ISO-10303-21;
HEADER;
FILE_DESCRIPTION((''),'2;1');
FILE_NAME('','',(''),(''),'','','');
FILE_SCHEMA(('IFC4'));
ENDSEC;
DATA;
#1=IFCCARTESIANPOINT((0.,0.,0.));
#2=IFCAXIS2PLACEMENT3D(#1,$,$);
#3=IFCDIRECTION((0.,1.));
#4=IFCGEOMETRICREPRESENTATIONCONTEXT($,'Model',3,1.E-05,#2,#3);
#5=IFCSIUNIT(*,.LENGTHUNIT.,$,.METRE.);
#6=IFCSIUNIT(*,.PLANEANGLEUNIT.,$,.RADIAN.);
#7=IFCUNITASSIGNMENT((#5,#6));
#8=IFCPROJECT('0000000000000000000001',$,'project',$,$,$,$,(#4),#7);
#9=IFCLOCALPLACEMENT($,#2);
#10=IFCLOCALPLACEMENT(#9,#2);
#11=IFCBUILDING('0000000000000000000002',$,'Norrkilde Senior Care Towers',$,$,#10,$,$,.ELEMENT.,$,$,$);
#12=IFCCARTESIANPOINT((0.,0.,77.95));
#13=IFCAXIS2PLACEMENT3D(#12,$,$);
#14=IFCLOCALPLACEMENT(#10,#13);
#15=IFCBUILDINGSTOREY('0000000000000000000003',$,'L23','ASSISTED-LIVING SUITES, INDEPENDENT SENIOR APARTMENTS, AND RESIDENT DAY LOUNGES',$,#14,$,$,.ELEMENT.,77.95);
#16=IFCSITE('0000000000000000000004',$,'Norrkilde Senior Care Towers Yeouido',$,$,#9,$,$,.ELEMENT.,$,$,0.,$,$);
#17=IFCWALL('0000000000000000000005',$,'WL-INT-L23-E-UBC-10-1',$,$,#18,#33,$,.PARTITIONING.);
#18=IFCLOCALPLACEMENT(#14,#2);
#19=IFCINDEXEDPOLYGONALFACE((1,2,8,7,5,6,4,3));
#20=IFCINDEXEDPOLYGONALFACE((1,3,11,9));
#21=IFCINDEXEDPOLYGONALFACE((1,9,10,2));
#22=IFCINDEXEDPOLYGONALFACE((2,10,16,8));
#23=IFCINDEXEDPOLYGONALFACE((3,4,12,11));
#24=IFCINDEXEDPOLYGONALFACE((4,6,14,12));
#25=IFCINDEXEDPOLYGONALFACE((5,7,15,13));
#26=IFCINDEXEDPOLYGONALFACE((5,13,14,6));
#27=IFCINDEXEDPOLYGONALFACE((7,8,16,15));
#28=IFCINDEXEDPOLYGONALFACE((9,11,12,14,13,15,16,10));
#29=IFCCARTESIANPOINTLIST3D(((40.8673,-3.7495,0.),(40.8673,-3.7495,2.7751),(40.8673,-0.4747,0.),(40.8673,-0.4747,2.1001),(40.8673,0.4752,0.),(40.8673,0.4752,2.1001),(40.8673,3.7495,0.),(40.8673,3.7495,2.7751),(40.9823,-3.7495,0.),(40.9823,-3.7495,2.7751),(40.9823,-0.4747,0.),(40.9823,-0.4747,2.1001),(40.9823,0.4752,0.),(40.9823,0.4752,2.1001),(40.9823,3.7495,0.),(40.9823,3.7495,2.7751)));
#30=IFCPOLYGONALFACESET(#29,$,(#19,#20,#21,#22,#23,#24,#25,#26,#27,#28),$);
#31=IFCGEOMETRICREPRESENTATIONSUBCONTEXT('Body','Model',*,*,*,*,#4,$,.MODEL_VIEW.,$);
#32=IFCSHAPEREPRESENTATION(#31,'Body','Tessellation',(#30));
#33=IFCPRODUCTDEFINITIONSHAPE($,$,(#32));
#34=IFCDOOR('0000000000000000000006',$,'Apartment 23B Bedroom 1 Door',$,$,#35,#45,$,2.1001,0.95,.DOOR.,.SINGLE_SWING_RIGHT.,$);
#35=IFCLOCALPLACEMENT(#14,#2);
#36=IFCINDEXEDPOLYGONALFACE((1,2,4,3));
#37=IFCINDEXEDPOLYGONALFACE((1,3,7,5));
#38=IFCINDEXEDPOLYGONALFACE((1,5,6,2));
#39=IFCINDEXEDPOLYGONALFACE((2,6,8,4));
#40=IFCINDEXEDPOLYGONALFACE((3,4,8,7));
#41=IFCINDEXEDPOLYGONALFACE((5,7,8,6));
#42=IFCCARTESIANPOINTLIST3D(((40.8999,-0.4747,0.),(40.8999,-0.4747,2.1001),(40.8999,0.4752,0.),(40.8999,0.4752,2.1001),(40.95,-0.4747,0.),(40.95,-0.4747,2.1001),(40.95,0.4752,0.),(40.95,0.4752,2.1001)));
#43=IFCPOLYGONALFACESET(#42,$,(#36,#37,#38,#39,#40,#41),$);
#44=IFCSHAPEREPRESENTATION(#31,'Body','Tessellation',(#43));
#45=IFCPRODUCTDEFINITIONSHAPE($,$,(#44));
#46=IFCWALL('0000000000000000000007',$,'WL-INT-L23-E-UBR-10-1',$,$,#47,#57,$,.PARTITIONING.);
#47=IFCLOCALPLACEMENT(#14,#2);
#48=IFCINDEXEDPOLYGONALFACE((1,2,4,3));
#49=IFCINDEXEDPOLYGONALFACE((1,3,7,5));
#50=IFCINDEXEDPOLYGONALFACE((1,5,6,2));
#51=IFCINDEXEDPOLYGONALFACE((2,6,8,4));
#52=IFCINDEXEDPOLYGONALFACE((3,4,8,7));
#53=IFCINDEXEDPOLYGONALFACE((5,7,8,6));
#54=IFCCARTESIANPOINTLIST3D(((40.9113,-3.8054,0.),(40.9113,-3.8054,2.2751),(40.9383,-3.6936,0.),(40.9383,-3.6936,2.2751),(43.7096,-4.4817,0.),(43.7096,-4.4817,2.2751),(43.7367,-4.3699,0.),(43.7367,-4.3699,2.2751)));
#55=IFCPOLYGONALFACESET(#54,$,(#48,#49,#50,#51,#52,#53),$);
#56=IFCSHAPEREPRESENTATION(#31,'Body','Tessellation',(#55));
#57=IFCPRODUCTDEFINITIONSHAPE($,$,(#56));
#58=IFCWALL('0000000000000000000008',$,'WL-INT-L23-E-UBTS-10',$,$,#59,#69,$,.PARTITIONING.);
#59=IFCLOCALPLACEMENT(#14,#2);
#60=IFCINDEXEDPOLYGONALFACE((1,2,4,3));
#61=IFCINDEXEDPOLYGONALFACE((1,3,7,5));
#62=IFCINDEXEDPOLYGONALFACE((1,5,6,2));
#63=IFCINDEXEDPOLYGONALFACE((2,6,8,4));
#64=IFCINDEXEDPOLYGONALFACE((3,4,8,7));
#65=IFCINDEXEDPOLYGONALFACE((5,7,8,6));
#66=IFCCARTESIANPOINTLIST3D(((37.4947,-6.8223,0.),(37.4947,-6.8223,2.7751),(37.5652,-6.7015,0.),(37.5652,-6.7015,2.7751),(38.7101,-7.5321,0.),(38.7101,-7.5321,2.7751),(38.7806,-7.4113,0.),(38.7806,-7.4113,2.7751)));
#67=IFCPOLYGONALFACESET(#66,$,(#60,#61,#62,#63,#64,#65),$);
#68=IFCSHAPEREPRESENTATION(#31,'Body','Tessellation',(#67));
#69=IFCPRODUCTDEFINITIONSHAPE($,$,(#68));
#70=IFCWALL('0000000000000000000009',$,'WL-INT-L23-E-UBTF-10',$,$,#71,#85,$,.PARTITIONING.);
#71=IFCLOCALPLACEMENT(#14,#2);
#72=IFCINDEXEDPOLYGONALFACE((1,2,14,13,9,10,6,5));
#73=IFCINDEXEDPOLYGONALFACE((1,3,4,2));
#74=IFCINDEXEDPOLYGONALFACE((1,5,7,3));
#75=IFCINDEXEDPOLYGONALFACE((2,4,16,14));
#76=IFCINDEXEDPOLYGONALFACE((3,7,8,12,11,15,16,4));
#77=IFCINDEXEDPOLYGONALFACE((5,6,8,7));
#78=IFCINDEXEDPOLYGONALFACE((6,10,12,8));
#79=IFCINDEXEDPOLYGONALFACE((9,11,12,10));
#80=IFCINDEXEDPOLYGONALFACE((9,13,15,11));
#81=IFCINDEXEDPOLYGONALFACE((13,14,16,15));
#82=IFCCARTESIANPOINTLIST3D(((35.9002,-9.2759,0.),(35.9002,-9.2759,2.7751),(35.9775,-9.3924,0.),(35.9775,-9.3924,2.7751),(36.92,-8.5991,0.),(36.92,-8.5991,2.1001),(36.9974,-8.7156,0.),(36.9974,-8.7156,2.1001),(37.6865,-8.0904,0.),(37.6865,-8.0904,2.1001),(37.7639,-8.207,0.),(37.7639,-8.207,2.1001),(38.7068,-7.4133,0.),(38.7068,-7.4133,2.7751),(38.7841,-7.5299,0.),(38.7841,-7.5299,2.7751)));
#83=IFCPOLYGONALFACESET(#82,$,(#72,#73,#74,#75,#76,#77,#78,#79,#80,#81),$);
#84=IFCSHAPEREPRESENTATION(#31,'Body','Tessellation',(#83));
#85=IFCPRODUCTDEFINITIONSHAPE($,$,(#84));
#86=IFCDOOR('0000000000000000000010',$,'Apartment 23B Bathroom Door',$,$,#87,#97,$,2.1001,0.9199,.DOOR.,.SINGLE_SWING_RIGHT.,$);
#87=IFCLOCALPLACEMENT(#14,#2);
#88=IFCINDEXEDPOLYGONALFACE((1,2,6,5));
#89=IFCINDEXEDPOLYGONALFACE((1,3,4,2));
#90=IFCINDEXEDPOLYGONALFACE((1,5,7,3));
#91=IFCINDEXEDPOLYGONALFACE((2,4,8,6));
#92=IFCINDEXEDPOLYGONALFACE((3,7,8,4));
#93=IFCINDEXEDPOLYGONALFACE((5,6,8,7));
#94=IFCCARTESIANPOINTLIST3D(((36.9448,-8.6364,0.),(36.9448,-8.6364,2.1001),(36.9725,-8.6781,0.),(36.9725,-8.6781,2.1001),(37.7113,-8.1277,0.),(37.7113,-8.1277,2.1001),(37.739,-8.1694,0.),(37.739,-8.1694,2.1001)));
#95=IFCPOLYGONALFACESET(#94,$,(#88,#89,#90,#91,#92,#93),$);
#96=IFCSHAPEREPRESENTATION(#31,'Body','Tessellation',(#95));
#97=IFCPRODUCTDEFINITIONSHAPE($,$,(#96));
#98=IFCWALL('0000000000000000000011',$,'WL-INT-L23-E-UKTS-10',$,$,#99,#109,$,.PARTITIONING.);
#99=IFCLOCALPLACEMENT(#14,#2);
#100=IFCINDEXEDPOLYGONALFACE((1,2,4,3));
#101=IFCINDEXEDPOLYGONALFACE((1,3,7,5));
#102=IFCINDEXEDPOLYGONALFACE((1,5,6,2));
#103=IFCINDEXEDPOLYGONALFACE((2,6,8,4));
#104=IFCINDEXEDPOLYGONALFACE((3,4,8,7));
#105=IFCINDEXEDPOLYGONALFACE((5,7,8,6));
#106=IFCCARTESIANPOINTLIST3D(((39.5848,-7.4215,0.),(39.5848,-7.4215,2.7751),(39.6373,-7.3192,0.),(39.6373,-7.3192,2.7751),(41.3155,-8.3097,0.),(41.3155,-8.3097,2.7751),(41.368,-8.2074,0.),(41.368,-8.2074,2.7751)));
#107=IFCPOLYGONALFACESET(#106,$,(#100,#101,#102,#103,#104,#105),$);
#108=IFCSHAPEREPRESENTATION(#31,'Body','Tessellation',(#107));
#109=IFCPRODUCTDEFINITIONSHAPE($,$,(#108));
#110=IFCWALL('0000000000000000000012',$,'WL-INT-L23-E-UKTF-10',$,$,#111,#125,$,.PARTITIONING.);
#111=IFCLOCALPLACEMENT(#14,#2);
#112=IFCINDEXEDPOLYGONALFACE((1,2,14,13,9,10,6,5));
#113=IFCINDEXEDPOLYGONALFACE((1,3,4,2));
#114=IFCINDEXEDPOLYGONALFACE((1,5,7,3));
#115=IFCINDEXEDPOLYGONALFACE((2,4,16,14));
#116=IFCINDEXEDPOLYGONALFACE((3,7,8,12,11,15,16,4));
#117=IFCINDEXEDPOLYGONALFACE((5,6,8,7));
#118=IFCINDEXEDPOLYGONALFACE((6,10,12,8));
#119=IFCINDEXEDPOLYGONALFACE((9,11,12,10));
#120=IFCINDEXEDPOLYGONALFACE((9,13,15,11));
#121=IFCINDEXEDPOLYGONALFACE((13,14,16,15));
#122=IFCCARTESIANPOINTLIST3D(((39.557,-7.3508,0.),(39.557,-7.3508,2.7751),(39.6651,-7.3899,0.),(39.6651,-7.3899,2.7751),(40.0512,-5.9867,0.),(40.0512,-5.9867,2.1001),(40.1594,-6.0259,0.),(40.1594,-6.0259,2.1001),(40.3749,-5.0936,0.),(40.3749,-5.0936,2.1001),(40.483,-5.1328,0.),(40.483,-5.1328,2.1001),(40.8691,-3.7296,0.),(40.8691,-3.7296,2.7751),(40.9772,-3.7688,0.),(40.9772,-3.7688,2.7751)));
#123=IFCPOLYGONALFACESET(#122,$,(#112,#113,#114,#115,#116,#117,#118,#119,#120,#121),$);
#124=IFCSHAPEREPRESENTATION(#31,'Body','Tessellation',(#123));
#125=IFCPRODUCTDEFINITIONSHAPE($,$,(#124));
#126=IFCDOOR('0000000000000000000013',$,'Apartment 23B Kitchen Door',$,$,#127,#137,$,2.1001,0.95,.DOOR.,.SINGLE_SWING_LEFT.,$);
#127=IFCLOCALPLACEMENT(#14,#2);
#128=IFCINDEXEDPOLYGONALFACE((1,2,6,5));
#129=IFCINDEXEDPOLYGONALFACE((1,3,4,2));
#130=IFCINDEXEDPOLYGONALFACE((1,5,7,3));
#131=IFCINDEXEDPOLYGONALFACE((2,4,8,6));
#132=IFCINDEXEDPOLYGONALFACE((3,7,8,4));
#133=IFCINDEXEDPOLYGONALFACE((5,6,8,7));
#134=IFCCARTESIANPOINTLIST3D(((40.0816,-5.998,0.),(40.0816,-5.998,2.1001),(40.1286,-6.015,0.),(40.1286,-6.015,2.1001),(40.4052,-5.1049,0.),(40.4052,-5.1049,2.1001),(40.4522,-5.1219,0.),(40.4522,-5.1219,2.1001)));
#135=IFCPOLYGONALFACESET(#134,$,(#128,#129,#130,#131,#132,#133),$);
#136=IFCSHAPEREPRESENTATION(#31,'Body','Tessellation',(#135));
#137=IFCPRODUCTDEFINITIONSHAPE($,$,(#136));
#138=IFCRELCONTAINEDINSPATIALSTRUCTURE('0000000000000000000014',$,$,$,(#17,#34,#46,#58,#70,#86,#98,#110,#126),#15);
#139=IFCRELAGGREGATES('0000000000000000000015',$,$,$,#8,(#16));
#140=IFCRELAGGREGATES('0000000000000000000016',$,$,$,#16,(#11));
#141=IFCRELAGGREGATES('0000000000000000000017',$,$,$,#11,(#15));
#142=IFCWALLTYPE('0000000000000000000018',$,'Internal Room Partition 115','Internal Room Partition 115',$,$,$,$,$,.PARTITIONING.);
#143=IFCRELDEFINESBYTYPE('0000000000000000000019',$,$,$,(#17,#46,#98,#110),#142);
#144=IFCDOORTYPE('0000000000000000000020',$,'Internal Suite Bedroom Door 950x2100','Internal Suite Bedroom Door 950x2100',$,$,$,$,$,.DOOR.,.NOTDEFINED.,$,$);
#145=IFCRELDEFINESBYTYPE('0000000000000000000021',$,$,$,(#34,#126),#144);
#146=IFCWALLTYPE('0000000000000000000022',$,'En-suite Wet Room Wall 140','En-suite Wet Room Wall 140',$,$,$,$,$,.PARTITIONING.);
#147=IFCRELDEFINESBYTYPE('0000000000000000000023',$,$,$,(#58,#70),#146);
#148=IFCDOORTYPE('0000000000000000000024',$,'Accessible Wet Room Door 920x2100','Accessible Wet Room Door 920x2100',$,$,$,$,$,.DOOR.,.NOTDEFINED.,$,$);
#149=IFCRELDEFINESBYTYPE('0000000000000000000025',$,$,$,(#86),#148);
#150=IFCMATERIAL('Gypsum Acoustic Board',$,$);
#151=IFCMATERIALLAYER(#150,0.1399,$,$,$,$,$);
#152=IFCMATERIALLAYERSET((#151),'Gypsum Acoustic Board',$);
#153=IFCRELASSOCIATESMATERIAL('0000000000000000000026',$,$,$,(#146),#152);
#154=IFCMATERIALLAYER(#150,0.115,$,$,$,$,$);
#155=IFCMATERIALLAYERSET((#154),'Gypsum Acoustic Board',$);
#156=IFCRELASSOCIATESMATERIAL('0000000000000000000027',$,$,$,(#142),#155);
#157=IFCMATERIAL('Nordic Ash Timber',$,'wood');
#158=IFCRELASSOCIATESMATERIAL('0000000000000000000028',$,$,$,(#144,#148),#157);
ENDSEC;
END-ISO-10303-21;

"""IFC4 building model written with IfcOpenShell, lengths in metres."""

from ifc_helpers import new_model, si_unit, direction, frame, frame_2d, origin, place, context, subcontext, project, spatial, rectangle, extrude, source, transform, mapped, material, layer, layer_set, type_object, type_shapes, element, fill, save


model = new_model("IFC4")

# Units and contexts
model_context = context("Model", 3, precision=1e-05, world=origin(), true_north=direction((0.0, 1.0)))
body_context = subcontext(model_context, "Body", "Model", "MODEL_VIEW")
ifc_project = project(units=[si_unit("LENGTHUNIT", "METRE"), si_unit("PLANEANGLEUNIT", "RADIAN")], contexts=[model_context])

# Site, building, storey
site_placement = place(None, origin())
site = spatial("IfcSite", under=ifc_project, at=site_placement, Name="Norrkilde Senior Care Towers Yeouido", CompositionType="ELEMENT", RefElevation=0.0)
building_placement = place(site_placement, origin())
building = spatial("IfcBuilding", under=site, at=building_placement, Name="Norrkilde Senior Care Towers", CompositionType="ELEMENT")
storey_placement = place(building_placement, frame((0.0, 0.0, 77.95)))
storey = spatial("IfcBuildingStorey", under=building, at=storey_placement, Name="L23", Description="ASSISTED-LIVING SUITES, INDEPENDENT SENIOR APARTMENTS, AND RESIDENT DAY LOUNGES", CompositionType="ELEMENT", Elevation=77.95)

# Shared definitions
ifc_material_1 = material(Name="Gypsum Acoustic Board")
ifc_material_2 = material(Name="Nordic Ash Timber", Category="wood")

# Shared definitions
ifc_layer_1 = layer(ifc_material_1, 0.1399)
ifc_layer_set_1 = layer_set([ifc_layer_1], Name="Gypsum Acoustic Board")
wall_type_1 = type_object("IfcWallType", Name="En-suite Wet Room Wall 140", Description="En-suite Wet Room Wall 140", PredefinedType="PARTITIONING", material=ifc_layer_set_1)

# Wall, opening, door
ifc_layer_2 = layer(ifc_material_1, 0.115)
ifc_layer_set_2 = layer_set([ifc_layer_2], Name="Gypsum Acoustic Board")
wall_type_2 = type_object("IfcWallType", Name="Internal Room Partition 115", Description="Internal Room Partition 115", PredefinedType="PARTITIONING", material=ifc_layer_set_2)
shared_shape_1 = source(origin(), body_context, "Body", "SweptSolid", [
    extrude(rectangle(XDim=7.499, YDim=0.115, at=frame_2d((3.7495, 0.0))), origin(), (0.0, 0.0, 1.0), 2.7751),
])
wall_1_placement = place(storey_placement, frame((40.9248, -3.7495, 0.0), z_axis=(0.0, 0.0, 1.0), x_axis=(0.0, 1.0, 0.0)))
wall_1 = element("IfcWall", 1, at=wall_1_placement, inside=storey, type_object=wall_type_2, Name="WL-INT-L23-E-UBC-10-1", PredefinedType="PARTITIONING", context=body_context, shape_type="MappedRepresentation", body=[
    mapped(shared_shape_1, transform((0.0, 0.0, 0.0), x_axis=(1.0, 0.0, 0.0), y_axis=(0.0, 1.0, 0.0), z_axis=(0.0, 0.0, 1.0), scale=1.0)),
])
opening_1_placement = place(wall_1_placement, frame((3.2747, 0.0, 0.0)))
opening_1 = element("IfcOpeningElement", 2, at=opening_1_placement, cuts=wall_1, PredefinedType="OPENING", context=body_context, shape_type="SweptSolid", body=[
    extrude(rectangle(XDim=0.95, YDim=2.1001, at=frame_2d((0.4751, 1.05))), frame((0.0, 0.0674, 0.0), z_axis=(0.0, -1.0, 0.0), x_axis=(1.0, 0.0, 0.0)), (0.0, 0.0, 1.0), 0.135),
])
door_type_1 = type_object("IfcDoorType", Name="Internal Suite Bedroom Door 950x2100", Description="Internal Suite Bedroom Door 950x2100", OperationType="NOTDEFINED", PredefinedType="DOOR", material=ifc_material_2)
shared_shape_2 = source(origin(), body_context, "Body", "SweptSolid", [
    extrude(rectangle(XDim=0.95, YDim=2.1001, at=frame_2d((0.4751, 1.05))), frame((0.0, 0.0249, 0.0), z_axis=(0.0, -1.0, 0.0), x_axis=(1.0, 0.0, 0.0)), (0.0, 0.0, 1.0), 0.05),
])
type_shapes(door_type_1, [shared_shape_2])
door_1_placement = place(opening_1_placement, origin())
door_1 = element("IfcDoor", 3, at=door_1_placement, inside=storey, type_object=door_type_1, Name="Apartment 23B Bedroom 1 Door", OperationType="SINGLE_SWING_RIGHT", OverallHeight=2.1001, OverallWidth=0.95, PredefinedType="DOOR", context=body_context, shape_type="MappedRepresentation", body=[
    mapped(shared_shape_2, transform((0.0, 0.0, 0.0), x_axis=(1.0, 0.0, 0.0), y_axis=(0.0, 1.0, 0.0), z_axis=(0.0, 0.0, 1.0), scale=1.0)),
])
fill(opening_1, door_1)

# Walls
shared_shape_3 = source(origin(), body_context, "Body", "SweptSolid", [
    extrude(rectangle(XDim=2.8789, YDim=0.115, at=frame_2d((1.4395, 0.0))), origin(), (0.0, 0.0, 1.0), 2.2751),
])
wall_2_placement = place(storey_placement, frame((40.9248, -3.7495, 0.0), z_axis=(0.0, 0.0, 1.0), x_axis=(0.972018, -0.234906, 0.0)))
element("IfcWall", 4, at=wall_2_placement, inside=storey, type_object=wall_type_2, Name="WL-INT-L23-E-UBR-10-1", PredefinedType="PARTITIONING", context=body_context, shape_type="MappedRepresentation", body=[
    mapped(shared_shape_3, transform((0.0, 0.0, 0.0), x_axis=(1.0, 0.0, 0.0), y_axis=(0.0, 1.0, 0.0), z_axis=(0.0, 0.0, 1.0), scale=1.0)),
])
shared_shape_4 = source(origin(), body_context, "Body", "SweptSolid", [
    extrude(rectangle(XDim=1.4075, YDim=0.1399, at=frame_2d((0.7036, 0.0))), origin(), (0.0, 0.0, 1.0), 2.7751),
])
wall_3_placement = place(storey_placement, frame((37.53, -6.762, 0.0), z_axis=(0.0, 0.0, 1.0), x_axis=(0.86354, -0.504281, 0.0)))
element("IfcWall", 5, at=wall_3_placement, inside=storey, type_object=wall_type_1, Name="WL-INT-L23-E-UBTS-10", PredefinedType="PARTITIONING", context=body_context, shape_type="MappedRepresentation", body=[
    mapped(shared_shape_4, transform((0.0, 0.0, 0.0), x_axis=(1.0, 0.0, 0.0), y_axis=(0.0, 1.0, 0.0), z_axis=(0.0, 0.0, 1.0), scale=1.0)),
])

# Wall, opening, door
shared_shape_5 = source(origin(), body_context, "Body", "SweptSolid", [
    extrude(rectangle(XDim=3.3684, YDim=0.1399, at=frame_2d((1.6841, 0.0))), origin(), (0.0, 0.0, 1.0), 2.7751),
])
wall_4_placement = place(storey_placement, frame((38.7454, -7.4717, 0.0), z_axis=(0.0, 0.0, 1.0), x_axis=(-0.833219, -0.552943, 0.0)))
wall_4 = element("IfcWall", 6, at=wall_4_placement, inside=storey, type_object=wall_type_1, Name="WL-INT-L23-E-UBTF-10", PredefinedType="PARTITIONING", context=body_context, shape_type="MappedRepresentation", body=[
    mapped(shared_shape_5, transform((0.0, 0.0, 0.0), x_axis=(1.0, 0.0, 0.0), y_axis=(0.0, 1.0, 0.0), z_axis=(0.0, 0.0, 1.0), scale=1.0)),
])
opening_2_placement = place(wall_4_placement, frame((1.2244, 0.0, 0.0)))
opening_2 = element("IfcOpeningElement", 7, at=opening_2_placement, cuts=wall_4, PredefinedType="OPENING", context=body_context, shape_type="SweptSolid", body=[
    extrude(rectangle(XDim=0.9199, YDim=2.1001, at=frame_2d((0.46, 1.05))), frame((0.0, 0.0798, 0.0), z_axis=(0.0, -1.0, 0.0), x_axis=(1.0, 0.0, 0.0)), (0.0, 0.0, 1.0), 0.1599),
])
door_type_2 = type_object("IfcDoorType", Name="Accessible Wet Room Door 920x2100", Description="Accessible Wet Room Door 920x2100", OperationType="NOTDEFINED", PredefinedType="DOOR", material=ifc_material_2)
shared_shape_6 = source(origin(), body_context, "Body", "SweptSolid", [
    extrude(rectangle(XDim=0.9199, YDim=2.1001, at=frame_2d((0.46, 1.05))), frame((0.0, 0.0249, 0.0), z_axis=(0.0, -1.0, 0.0), x_axis=(1.0, 0.0, 0.0)), (0.0, 0.0, 1.0), 0.05),
])
type_shapes(door_type_2, [shared_shape_6])
door_2_placement = place(opening_2_placement, origin())
door_2 = element("IfcDoor", 8, at=door_2_placement, inside=storey, type_object=door_type_2, Name="Apartment 23B Bathroom Door", OperationType="SINGLE_SWING_RIGHT", OverallHeight=2.1001, OverallWidth=0.9199, PredefinedType="DOOR", context=body_context, shape_type="MappedRepresentation", body=[
    mapped(shared_shape_6, transform((0.0, 0.0, 0.0), x_axis=(1.0, 0.0, 0.0), y_axis=(0.0, 1.0, 0.0), z_axis=(0.0, 0.0, 1.0), scale=1.0)),
])
fill(opening_2, door_2)

# Wall
shared_shape_7 = source(origin(), body_context, "Body", "SweptSolid", [
    extrude(rectangle(XDim=1.9453, YDim=0.115, at=frame_2d((0.9727, 0.0))), origin(), (0.0, 0.0, 1.0), 2.7751),
])
wall_5_placement = place(storey_placement, frame((39.6111, -7.3704, 0.0), z_axis=(0.0, 0.0, 1.0), x_axis=(0.889684, -0.456577, 0.0)))
element("IfcWall", 9, at=wall_5_placement, inside=storey, type_object=wall_type_2, Name="WL-INT-L23-E-UKTS-10", PredefinedType="PARTITIONING", context=body_context, shape_type="MappedRepresentation", body=[
    mapped(shared_shape_7, transform((0.0, 0.0, 0.0), x_axis=(1.0, 0.0, 0.0), y_axis=(0.0, 1.0, 0.0), z_axis=(0.0, 0.0, 1.0), scale=1.0)),
])

# Wall, opening, door
shared_shape_8 = source(origin(), body_context, "Body", "SweptSolid", [
    extrude(rectangle(XDim=3.8516, YDim=0.115, at=frame_2d((1.9258, 0.0))), origin(), (0.0, 0.0, 1.0), 2.7751),
])
type_shapes(wall_type_2, [shared_shape_1, shared_shape_3, shared_shape_7, shared_shape_8])
wall_6_placement = place(storey_placement, frame((39.6111, -7.3704, 0.0), z_axis=(0.0, 0.0, 1.0), x_axis=(0.340654, 0.940189, 0.0)))
wall_6 = element("IfcWall", 10, at=wall_6_placement, inside=storey, type_object=wall_type_2, Name="WL-INT-L23-E-UKTF-10", PredefinedType="PARTITIONING", context=body_context, shape_type="MappedRepresentation", body=[
    mapped(shared_shape_8, transform((0.0, 0.0, 0.0), x_axis=(1.0, 0.0, 0.0), y_axis=(0.0, 1.0, 0.0), z_axis=(0.0, 0.0, 1.0), scale=1.0)),
])
opening_3_placement = place(wall_6_placement, frame((1.4507, 0.0, 0.0)))
opening_3 = element("IfcOpeningElement", 11, at=opening_3_placement, cuts=wall_6, PredefinedType="OPENING", context=body_context, shape_type="SweptSolid", body=[
    extrude(rectangle(XDim=0.95, YDim=2.1001, at=frame_2d((0.4751, 1.05))), frame((0.0, 0.0674, 0.0), z_axis=(0.0, -1.0, 0.0), x_axis=(1.0, 0.0, 0.0)), (0.0, 0.0, 1.0), 0.135),
])
door_3_placement = place(opening_3_placement, frame((0.95, 0.0, 0.0), z_axis=(0.0, 0.0, 1.0), x_axis=(-1.0, 0.0, 0.0)))
door_3 = element("IfcDoor", 12, at=door_3_placement, inside=storey, type_object=door_type_1, Name="Apartment 23B Kitchen Door", OperationType="SINGLE_SWING_LEFT", OverallHeight=2.1001, OverallWidth=0.95, PredefinedType="DOOR", context=body_context, shape_type="MappedRepresentation", body=[
    mapped(shared_shape_2, transform((0.0, 0.0, 0.0), x_axis=(1.0, 0.0, 0.0), y_axis=(0.0, 1.0, 0.0), z_axis=(0.0, 0.0, 1.0), scale=1.0)),
])
fill(opening_3, door_3)

save(model, "model.ifc")
